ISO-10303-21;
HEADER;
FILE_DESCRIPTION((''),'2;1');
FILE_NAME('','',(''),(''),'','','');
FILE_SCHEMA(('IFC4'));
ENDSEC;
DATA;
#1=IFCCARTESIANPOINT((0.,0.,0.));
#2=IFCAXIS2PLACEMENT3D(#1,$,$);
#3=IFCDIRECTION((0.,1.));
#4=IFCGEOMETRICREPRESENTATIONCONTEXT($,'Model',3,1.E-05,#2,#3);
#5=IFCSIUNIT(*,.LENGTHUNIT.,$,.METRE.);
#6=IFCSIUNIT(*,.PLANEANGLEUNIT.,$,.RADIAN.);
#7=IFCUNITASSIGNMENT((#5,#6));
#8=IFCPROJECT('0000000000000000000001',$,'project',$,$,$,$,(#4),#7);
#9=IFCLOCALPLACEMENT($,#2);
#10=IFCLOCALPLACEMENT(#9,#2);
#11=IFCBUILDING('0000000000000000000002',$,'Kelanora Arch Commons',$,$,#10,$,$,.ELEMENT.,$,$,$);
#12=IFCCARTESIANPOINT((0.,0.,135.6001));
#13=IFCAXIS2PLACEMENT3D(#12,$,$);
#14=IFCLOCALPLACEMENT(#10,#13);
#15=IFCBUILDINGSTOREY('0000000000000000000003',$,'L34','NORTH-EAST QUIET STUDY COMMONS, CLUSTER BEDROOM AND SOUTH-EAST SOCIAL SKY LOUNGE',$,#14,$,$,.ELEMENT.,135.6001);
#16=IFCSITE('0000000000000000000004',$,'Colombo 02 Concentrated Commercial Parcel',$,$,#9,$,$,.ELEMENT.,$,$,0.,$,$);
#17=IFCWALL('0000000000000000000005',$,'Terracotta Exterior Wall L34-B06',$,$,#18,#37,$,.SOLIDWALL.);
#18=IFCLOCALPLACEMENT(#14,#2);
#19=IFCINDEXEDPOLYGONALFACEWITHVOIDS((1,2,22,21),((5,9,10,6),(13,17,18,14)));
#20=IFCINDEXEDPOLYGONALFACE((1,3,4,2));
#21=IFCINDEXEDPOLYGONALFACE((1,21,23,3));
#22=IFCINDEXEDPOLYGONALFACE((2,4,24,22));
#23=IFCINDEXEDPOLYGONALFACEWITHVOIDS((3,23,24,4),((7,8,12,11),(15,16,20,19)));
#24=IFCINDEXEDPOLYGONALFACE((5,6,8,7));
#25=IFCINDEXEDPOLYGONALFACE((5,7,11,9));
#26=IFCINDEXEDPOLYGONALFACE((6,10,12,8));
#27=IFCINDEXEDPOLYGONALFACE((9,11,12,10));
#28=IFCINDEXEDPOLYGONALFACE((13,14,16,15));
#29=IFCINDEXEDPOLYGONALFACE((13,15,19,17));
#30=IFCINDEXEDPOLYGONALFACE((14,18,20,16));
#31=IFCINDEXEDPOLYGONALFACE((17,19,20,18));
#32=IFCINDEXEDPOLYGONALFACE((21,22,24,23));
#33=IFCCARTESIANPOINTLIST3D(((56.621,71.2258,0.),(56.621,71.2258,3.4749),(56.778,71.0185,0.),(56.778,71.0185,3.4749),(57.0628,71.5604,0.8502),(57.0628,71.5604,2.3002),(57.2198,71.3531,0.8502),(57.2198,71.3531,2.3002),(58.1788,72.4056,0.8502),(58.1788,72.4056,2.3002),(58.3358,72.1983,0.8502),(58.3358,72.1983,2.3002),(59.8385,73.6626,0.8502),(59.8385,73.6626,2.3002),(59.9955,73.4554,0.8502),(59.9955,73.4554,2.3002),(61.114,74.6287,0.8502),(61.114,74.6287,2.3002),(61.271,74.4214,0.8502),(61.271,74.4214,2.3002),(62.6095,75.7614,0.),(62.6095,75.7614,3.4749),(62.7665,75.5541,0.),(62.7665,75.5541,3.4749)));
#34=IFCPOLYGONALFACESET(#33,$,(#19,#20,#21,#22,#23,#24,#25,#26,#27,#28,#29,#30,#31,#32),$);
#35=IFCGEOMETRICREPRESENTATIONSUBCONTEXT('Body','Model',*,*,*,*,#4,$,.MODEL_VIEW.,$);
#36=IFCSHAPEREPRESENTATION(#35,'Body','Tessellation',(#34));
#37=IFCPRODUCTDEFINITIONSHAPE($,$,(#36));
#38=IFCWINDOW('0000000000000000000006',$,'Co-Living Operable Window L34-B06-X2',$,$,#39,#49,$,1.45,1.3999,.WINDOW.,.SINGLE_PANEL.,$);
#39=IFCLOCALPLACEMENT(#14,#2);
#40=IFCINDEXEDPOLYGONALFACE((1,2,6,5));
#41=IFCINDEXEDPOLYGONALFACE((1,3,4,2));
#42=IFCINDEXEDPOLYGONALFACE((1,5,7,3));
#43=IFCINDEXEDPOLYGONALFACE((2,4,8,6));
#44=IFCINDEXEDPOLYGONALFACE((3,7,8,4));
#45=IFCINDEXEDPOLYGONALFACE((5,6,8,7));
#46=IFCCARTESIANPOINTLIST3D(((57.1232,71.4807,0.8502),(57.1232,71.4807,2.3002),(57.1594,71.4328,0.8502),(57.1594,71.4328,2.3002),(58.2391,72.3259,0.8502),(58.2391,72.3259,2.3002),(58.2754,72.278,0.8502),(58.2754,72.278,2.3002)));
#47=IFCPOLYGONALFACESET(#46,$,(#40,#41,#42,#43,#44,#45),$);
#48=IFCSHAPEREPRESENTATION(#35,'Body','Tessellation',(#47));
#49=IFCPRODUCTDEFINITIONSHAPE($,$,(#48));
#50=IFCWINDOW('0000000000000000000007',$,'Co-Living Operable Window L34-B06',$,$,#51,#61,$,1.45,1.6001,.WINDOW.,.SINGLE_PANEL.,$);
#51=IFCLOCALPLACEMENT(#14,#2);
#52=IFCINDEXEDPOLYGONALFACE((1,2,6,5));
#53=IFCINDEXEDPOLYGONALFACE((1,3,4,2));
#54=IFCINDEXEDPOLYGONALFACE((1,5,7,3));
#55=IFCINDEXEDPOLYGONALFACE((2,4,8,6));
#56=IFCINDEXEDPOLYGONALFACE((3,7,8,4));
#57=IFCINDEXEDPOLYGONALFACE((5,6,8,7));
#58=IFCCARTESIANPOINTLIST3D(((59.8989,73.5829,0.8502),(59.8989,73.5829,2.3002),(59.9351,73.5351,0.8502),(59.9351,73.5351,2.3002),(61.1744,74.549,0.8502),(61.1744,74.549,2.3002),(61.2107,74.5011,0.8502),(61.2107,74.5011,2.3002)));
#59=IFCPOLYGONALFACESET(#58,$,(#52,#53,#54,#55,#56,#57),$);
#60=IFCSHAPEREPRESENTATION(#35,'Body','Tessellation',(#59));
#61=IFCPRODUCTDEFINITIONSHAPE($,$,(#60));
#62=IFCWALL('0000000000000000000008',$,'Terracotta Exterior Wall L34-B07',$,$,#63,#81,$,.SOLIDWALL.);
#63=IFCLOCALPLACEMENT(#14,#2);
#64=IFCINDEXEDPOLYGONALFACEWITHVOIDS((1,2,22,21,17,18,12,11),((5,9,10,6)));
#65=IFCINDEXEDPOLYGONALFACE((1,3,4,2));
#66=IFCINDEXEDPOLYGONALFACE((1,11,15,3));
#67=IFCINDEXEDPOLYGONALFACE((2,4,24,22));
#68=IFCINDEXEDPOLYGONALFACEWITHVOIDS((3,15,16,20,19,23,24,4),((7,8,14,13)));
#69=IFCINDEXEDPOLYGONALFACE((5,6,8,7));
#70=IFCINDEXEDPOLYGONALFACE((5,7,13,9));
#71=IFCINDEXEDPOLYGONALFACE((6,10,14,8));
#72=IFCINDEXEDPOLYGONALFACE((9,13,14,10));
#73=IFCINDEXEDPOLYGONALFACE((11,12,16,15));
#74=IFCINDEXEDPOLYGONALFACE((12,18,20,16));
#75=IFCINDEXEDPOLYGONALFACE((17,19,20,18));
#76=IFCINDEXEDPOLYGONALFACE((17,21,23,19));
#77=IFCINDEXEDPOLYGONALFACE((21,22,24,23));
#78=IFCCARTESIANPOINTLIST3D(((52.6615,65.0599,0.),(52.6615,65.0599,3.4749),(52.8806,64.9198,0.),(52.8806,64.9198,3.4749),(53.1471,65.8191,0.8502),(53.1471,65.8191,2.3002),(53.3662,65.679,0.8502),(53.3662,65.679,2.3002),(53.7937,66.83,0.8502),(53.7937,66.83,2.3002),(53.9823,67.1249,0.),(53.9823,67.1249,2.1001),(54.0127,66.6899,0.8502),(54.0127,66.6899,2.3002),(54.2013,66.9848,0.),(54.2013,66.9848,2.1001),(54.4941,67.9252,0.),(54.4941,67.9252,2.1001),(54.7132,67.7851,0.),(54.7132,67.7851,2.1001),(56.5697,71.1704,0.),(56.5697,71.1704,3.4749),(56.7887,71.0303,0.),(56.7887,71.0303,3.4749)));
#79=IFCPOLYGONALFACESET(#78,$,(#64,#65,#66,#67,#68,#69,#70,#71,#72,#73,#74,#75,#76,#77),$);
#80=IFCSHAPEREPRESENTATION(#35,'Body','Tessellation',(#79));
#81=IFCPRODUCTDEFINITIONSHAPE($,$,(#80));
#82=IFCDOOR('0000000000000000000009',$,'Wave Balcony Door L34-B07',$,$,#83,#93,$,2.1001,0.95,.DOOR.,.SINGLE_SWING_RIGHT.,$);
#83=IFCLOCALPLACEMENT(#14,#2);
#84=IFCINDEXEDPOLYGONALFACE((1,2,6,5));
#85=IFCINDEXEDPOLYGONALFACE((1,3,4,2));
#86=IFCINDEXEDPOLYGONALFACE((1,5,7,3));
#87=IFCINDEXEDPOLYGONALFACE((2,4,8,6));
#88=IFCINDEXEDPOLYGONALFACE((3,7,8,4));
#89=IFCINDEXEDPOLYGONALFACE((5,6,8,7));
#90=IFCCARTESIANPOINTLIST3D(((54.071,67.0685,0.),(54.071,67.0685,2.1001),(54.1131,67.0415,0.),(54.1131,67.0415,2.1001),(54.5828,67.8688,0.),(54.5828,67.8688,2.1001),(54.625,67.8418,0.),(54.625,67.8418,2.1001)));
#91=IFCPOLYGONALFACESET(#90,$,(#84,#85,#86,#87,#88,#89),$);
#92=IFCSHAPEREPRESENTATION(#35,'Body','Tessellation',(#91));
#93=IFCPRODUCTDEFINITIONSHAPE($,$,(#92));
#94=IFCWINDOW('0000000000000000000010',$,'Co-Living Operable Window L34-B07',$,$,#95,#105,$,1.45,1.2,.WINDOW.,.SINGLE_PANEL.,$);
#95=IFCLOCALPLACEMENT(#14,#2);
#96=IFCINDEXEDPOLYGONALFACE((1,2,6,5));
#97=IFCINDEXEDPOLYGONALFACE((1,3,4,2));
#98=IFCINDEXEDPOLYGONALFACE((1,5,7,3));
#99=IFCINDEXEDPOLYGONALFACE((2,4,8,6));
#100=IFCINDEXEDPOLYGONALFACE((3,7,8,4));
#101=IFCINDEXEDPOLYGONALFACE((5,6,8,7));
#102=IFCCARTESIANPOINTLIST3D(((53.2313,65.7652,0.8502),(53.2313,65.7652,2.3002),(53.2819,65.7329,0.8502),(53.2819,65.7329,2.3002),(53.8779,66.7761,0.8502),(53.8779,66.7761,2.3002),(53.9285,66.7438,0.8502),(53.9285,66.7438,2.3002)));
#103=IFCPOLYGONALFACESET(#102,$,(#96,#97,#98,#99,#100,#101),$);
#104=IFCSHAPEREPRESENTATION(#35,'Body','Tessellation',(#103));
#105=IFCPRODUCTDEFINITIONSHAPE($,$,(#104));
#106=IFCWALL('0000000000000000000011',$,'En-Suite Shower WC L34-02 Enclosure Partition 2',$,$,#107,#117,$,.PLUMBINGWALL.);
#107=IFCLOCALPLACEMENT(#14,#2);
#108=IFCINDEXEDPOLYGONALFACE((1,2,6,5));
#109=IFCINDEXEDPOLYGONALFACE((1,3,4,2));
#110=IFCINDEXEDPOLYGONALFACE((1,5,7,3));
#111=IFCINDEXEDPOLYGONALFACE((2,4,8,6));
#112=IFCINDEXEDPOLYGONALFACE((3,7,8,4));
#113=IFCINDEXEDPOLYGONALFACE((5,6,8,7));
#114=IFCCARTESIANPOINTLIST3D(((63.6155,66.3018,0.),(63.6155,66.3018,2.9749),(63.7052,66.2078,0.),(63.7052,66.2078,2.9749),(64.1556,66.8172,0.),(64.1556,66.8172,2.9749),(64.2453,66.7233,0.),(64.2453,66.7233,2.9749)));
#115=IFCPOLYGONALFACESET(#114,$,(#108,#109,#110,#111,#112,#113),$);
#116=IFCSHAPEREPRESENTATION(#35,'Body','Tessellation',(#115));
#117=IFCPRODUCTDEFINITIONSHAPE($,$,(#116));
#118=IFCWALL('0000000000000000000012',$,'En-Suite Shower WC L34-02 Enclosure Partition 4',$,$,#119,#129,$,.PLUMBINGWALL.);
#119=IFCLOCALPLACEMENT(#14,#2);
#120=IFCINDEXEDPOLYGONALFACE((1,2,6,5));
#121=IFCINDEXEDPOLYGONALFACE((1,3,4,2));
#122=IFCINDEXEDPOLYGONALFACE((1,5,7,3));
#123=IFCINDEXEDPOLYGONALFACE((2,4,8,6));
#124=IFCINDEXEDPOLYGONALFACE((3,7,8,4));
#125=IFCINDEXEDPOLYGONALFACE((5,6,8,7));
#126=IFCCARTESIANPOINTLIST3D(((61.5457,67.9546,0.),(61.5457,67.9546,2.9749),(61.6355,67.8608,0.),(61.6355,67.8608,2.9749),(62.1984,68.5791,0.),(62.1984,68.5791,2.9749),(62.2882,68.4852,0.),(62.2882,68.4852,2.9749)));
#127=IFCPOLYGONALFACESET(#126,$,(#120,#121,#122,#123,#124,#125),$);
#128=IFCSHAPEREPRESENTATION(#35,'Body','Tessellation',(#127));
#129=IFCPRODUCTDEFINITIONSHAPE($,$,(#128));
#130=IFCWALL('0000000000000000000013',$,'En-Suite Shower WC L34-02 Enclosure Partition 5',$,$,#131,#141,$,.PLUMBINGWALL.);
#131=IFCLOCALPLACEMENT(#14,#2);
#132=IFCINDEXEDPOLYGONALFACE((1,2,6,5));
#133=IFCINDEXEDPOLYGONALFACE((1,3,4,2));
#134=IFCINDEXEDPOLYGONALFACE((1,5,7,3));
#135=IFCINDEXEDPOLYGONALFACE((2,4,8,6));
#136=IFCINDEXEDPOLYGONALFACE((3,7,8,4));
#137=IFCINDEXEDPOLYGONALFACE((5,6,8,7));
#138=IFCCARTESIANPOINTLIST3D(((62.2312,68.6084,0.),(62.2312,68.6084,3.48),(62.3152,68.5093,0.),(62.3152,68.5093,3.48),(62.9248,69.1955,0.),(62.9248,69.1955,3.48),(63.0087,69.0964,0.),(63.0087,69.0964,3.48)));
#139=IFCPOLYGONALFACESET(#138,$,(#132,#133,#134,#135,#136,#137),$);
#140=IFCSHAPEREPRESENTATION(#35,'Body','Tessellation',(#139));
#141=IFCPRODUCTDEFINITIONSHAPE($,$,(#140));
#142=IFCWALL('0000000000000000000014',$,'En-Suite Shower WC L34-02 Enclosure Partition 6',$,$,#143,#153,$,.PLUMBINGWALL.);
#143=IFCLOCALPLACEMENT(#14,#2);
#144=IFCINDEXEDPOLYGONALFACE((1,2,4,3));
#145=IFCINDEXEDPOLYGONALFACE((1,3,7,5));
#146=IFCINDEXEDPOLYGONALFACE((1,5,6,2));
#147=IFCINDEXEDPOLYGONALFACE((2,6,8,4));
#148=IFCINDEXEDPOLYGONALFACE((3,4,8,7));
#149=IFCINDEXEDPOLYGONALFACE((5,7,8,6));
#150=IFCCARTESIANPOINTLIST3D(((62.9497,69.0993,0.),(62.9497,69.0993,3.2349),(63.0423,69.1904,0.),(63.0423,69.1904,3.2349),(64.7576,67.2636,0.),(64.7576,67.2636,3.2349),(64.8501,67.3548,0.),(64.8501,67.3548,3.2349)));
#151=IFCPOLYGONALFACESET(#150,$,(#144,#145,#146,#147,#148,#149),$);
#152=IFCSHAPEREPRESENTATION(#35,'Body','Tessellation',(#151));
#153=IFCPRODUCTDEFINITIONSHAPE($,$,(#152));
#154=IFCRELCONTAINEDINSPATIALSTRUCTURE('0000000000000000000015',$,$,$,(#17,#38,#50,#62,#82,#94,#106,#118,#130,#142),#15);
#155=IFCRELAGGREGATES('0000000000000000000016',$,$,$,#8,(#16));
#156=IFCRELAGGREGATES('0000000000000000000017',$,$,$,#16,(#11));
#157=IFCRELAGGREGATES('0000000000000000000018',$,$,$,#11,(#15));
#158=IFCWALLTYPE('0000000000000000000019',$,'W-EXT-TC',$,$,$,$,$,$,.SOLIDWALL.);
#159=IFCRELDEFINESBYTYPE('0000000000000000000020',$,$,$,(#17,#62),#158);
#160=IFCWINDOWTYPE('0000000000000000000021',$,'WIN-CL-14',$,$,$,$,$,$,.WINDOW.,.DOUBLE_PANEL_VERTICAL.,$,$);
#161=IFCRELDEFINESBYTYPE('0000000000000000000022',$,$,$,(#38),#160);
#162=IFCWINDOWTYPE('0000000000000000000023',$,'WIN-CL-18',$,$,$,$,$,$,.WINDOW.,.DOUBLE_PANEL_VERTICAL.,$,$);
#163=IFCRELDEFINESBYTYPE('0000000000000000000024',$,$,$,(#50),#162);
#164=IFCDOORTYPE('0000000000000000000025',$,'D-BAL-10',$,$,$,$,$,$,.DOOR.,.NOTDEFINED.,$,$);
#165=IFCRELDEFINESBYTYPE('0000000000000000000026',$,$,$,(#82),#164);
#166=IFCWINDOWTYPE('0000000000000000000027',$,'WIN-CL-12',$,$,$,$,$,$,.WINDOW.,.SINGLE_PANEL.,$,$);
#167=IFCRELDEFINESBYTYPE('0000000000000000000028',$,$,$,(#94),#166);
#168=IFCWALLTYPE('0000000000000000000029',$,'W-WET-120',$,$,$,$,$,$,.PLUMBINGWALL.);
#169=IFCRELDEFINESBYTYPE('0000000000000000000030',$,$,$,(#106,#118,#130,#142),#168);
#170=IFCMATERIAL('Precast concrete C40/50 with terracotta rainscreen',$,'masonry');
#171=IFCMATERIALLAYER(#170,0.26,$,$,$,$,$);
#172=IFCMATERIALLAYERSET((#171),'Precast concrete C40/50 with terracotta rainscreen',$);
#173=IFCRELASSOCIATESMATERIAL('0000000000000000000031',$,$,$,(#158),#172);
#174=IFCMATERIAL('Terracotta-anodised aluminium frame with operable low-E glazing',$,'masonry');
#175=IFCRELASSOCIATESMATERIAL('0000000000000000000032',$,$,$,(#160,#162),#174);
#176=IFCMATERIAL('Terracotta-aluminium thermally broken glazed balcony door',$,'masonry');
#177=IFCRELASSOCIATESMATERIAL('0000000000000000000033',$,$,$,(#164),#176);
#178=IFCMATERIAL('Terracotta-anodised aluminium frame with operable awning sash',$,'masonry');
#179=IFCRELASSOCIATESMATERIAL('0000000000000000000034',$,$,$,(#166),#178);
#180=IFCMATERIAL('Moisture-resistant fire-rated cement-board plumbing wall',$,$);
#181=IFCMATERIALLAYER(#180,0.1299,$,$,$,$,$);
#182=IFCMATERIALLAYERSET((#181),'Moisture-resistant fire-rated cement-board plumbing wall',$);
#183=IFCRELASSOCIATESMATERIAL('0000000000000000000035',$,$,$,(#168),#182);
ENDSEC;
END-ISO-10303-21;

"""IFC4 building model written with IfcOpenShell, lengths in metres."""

from ifc_helpers import new_model, si_unit, direction, frame, frame_2d, origin, place, context, subcontext, project, spatial, rectangle, extrude, material, layer, layer_set, type_object, element, fill, save


model = new_model("IFC4")

# Units and contexts
model_context = context("Model", 3, precision=1e-05, world=origin(), true_north=direction((0.0, 1.0)))
body_context = subcontext(model_context, "Body", "Model", "MODEL_VIEW")
ifc_project = project(units=[si_unit("LENGTHUNIT", "METRE"), si_unit("PLANEANGLEUNIT", "RADIAN")], contexts=[model_context])

# Site, building, storey
site_placement = place(None, origin())
site = spatial("IfcSite", under=ifc_project, at=site_placement, Name="Colombo 02 Concentrated Commercial Parcel", CompositionType="ELEMENT", RefElevation=0.0)
building_placement = place(site_placement, origin())
building = spatial("IfcBuilding", under=site, at=building_placement, Name="Kelanora Arch Commons", CompositionType="ELEMENT")
storey_placement = place(building_placement, frame((0.0, 0.0, 135.6001)))
storey = spatial("IfcBuildingStorey", under=building, at=storey_placement, Name="L34", Description="NORTH-EAST QUIET STUDY COMMONS, CLUSTER BEDROOM AND SOUTH-EAST SOCIAL SKY LOUNGE", CompositionType="ELEMENT", Elevation=135.6001)

# Wall, openings, windows
ifc_material_1 = material(Name="Precast concrete C40/50 with terracotta rainscreen", Category="masonry")
ifc_layer_1 = layer(ifc_material_1, 0.26)
ifc_layer_set_1 = layer_set([ifc_layer_1], Name="Precast concrete C40/50 with terracotta rainscreen")
wall_type_1 = type_object("IfcWallType", Name="W-EXT-TC", PredefinedType="SOLIDWALL", material=ifc_layer_set_1)
wall_1_placement = place(storey_placement, frame((62.688, 75.6577, 0.0), z_axis=(0.0, 0.0, 1.0), x_axis=(-0.797164, -0.603763, 0.0)))
wall_1 = element("IfcWall", 1, at=wall_1_placement, inside=storey, type_object=wall_type_1, Name="Terracotta Exterior Wall L34-B06", PredefinedType="SOLIDWALL", context=body_context, shape_type="SweptSolid", body=[
    extrude(rectangle(XDim=7.5122, YDim=0.26, at=frame_2d((3.7561, 0.0))), origin(), (0.0, 0.0, 1.0), 3.4749),
])
opening_1_placement = place(wall_1_placement, frame((1.876, 0.0, 0.8501)))
opening_1 = element("IfcOpeningElement", 2, at=opening_1_placement, cuts=wall_1, PredefinedType="OPENING", context=body_context, shape_type="SweptSolid", body=[
    extrude(rectangle(XDim=1.6001, YDim=1.45, at=frame_2d((0.8, 0.7251))), frame((0.0, 0.1401, 0.0), z_axis=(0.0, -1.0, 0.0), x_axis=(1.0, 0.0, 0.0)), (0.0, 0.0, 1.0), 0.28),
])
opening_2_placement = place(wall_1_placement, frame((5.5581, 0.0, 0.8501)))
opening_2 = element("IfcOpeningElement", 3, at=opening_2_placement, cuts=wall_1, PredefinedType="OPENING", context=body_context, shape_type="SweptSolid", body=[
    extrude(rectangle(XDim=1.3999, YDim=1.45, at=frame_2d((0.7, 0.7251))), frame((0.0, 0.1401, 0.0), z_axis=(0.0, -1.0, 0.0), x_axis=(1.0, 0.0, 0.0)), (0.0, 0.0, 1.0), 0.28),
])
ifc_material_2 = material(Name="Terracotta-anodised aluminium frame with operable low-E glazing", Category="masonry")
window_type_1 = type_object("IfcWindowType", Name="WIN-CL-14", PartitioningType="DOUBLE_PANEL_VERTICAL", PredefinedType="WINDOW", material=ifc_material_2)
window_1_placement = place(opening_2_placement, origin())
window_1 = element("IfcWindow", 4, at=window_1_placement, inside=storey, type_object=window_type_1, Name="Co-Living Operable Window L34-B06-X2", OverallHeight=1.45, OverallWidth=1.3999, PartitioningType="SINGLE_PANEL", PredefinedType="WINDOW", context=body_context, shape_type="SweptSolid", body=[
    extrude(rectangle(XDim=1.3999, YDim=1.45, at=frame_2d((0.7, 0.7251))), frame((0.0, 0.03, 0.0), z_axis=(0.0, -1.0, 0.0), x_axis=(1.0, 0.0, 0.0)), (0.0, 0.0, 1.0), 0.0601),
])
fill(opening_2, window_1)
window_type_2 = type_object("IfcWindowType", Name="WIN-CL-18", PartitioningType="DOUBLE_PANEL_VERTICAL", PredefinedType="WINDOW", material=ifc_material_2)
window_2_placement = place(opening_1_placement, origin())
window_2 = element("IfcWindow", 5, at=window_2_placement, inside=storey, type_object=window_type_2, Name="Co-Living Operable Window L34-B06", OverallHeight=1.45, OverallWidth=1.6001, PartitioningType="SINGLE_PANEL", PredefinedType="WINDOW", context=body_context, shape_type="SweptSolid", body=[
    extrude(rectangle(XDim=1.6001, YDim=1.45, at=frame_2d((0.8, 0.7251))), frame((0.0, 0.03, 0.0), z_axis=(0.0, -1.0, 0.0), x_axis=(1.0, 0.0, 0.0)), (0.0, 0.0, 1.0), 0.0601),
])
fill(opening_1, window_2)

# Wall, openings, door, window
wall_2_placement = place(storey_placement, frame((56.6792, 71.1003, 0.0), z_axis=(0.0, 0.0, 1.0), x_axis=(-0.538802, -0.842433, 0.0)))
wall_2 = element("IfcWall", 6, at=wall_2_placement, inside=storey, type_object=wall_type_1, Name="Terracotta Exterior Wall L34-B07", PredefinedType="SOLIDWALL", context=body_context, shape_type="SweptSolid", body=[
    extrude(rectangle(XDim=7.2534, YDim=0.26, at=frame_2d((3.6267, 0.0))), origin(), (0.0, 0.0, 1.0), 3.4749),
])
opening_3_placement = place(wall_2_placement, frame((3.8521, 0.0, 0.0)))
opening_3 = element("IfcOpeningElement", 7, at=opening_3_placement, cuts=wall_2, PredefinedType="OPENING", context=body_context, shape_type="SweptSolid", body=[
    extrude(rectangle(XDim=0.95, YDim=2.1001, at=frame_2d((0.4751, 1.05))), frame((0.0, 0.1401, 0.0), z_axis=(0.0, -1.0, 0.0), x_axis=(1.0, 0.0, 0.0)), (0.0, 0.0, 1.0), 0.28),
])
opening_4_placement = place(wall_2_placement, frame((5.1521, 0.0, 0.8501)))
opening_4 = element("IfcOpeningElement", 8, at=opening_4_placement, cuts=wall_2, PredefinedType="OPENING", context=body_context, shape_type="SweptSolid", body=[
    extrude(rectangle(XDim=1.2, YDim=1.45, at=frame_2d((0.6001, 0.7251))), frame((0.0, 0.1401, 0.0), z_axis=(0.0, -1.0, 0.0), x_axis=(1.0, 0.0, 0.0)), (0.0, 0.0, 1.0), 0.28),
])
ifc_material_3 = material(Name="Terracotta-aluminium thermally broken glazed balcony door", Category="masonry")
door_type = type_object("IfcDoorType", Name="D-BAL-10", OperationType="NOTDEFINED", PredefinedType="DOOR", material=ifc_material_3)
door_placement = place(opening_3_placement, frame((0.95, 0.0, 0.0), z_axis=(0.0, 0.0, 1.0), x_axis=(-1.0, 0.0, 0.0)))
door = element("IfcDoor", 9, at=door_placement, inside=storey, type_object=door_type, Name="Wave Balcony Door L34-B07", OperationType="SINGLE_SWING_RIGHT", OverallHeight=2.1001, OverallWidth=0.95, PredefinedType="DOOR", context=body_context, shape_type="SweptSolid", body=[
    extrude(rectangle(XDim=0.95, YDim=2.1001, at=frame_2d((0.4751, 1.05))), frame((0.0, 0.0249, 0.0), z_axis=(0.0, -1.0, 0.0), x_axis=(1.0, 0.0, 0.0)), (0.0, 0.0, 1.0), 0.05),
])
fill(opening_3, door)
ifc_material_4 = material(Name="Terracotta-anodised aluminium frame with operable awning sash", Category="masonry")
window_type_3 = type_object("IfcWindowType", Name="WIN-CL-12", PartitioningType="SINGLE_PANEL", PredefinedType="WINDOW", material=ifc_material_4)
window_3_placement = place(opening_4_placement, origin())
window_3 = element("IfcWindow", 10, at=window_3_placement, inside=storey, type_object=window_type_3, Name="Co-Living Operable Window L34-B07", OverallHeight=1.45, OverallWidth=1.2, PartitioningType="SINGLE_PANEL", PredefinedType="WINDOW", context=body_context, shape_type="SweptSolid", body=[
    extrude(rectangle(XDim=1.2, YDim=1.45, at=frame_2d((0.6001, 0.7251))), frame((0.0, 0.03, 0.0), z_axis=(0.0, -1.0, 0.0), x_axis=(1.0, 0.0, 0.0)), (0.0, 0.0, 1.0), 0.0601),
])
fill(opening_4, window_3)

# Walls
ifc_material_5 = material(Name="Moisture-resistant fire-rated cement-board plumbing wall")
ifc_layer_2 = layer(ifc_material_5, 0.1299)
ifc_layer_set_2 = layer_set([ifc_layer_2], Name="Moisture-resistant fire-rated cement-board plumbing wall")
wall_type_2 = type_object("IfcWallType", Name="W-WET-120", PredefinedType="PLUMBINGWALL", material=ifc_layer_set_2)
wall_3_placement = place(storey_placement, frame((64.2004, 66.7703, 0.0), z_axis=(0.0, 0.0, 1.0), x_axis=(-0.72343, -0.690398, 0.0)))
element("IfcWall", 11, at=wall_3_placement, inside=storey, type_object=wall_type_2, Name="En-Suite Shower WC L34-02 Enclosure Partition 2", PredefinedType="PLUMBINGWALL", context=body_context, shape_type="SweptSolid", body=[
    extrude(rectangle(XDim=0.7466, YDim=0.1299, at=frame_2d((0.3733, 0.0))), origin(), (0.0, 0.0, 1.0), 2.9749),
])
wall_4_placement = place(storey_placement, frame((61.5906, 67.9077, 0.0), z_axis=(0.0, 0.0, 1.0), x_axis=(0.722607, 0.691259, 0.0)))
element("IfcWall", 12, at=wall_4_placement, inside=storey, type_object=wall_type_2, Name="En-Suite Shower WC L34-02 Enclosure Partition 4", PredefinedType="PLUMBINGWALL", context=body_context, shape_type="SweptSolid", body=[
    extrude(rectangle(XDim=0.9033, YDim=0.1299, at=frame_2d((0.4517, 0.0))), origin(), (0.0, 0.0, 1.0), 2.9749),
])
wall_5_placement = place(storey_placement, frame((62.2732, 68.5588, 0.0), z_axis=(0.0, 0.0, 1.0), x_axis=(0.763244, 0.646111, 0.0)))
element("IfcWall", 13, at=wall_5_placement, inside=storey, type_object=wall_type_2, Name="En-Suite Shower WC L34-02 Enclosure Partition 5", PredefinedType="PLUMBINGWALL", context=body_context, shape_type="SweptSolid", body=[
    extrude(rectangle(XDim=0.9087, YDim=0.1299, at=frame_2d((0.4543, 0.0))), origin(), (0.0, 0.0, 1.0), 3.48),
])
wall_6_placement = place(storey_placement, frame((62.9961, 69.1448, 0.0), z_axis=(0.0, 0.0, 1.0), x_axis=(0.701685, -0.712487, 0.0)))
element("IfcWall", 14, at=wall_6_placement, inside=storey, type_object=wall_type_2, Name="En-Suite Shower WC L34-02 Enclosure Partition 6", PredefinedType="PLUMBINGWALL", context=body_context, shape_type="SweptSolid", body=[
    extrude(rectangle(XDim=2.5764, YDim=0.1299, at=frame_2d((1.2881, 0.0))), origin(), (0.0, 0.0, 1.0), 3.2349),
])

save(model, "model.ifc")
